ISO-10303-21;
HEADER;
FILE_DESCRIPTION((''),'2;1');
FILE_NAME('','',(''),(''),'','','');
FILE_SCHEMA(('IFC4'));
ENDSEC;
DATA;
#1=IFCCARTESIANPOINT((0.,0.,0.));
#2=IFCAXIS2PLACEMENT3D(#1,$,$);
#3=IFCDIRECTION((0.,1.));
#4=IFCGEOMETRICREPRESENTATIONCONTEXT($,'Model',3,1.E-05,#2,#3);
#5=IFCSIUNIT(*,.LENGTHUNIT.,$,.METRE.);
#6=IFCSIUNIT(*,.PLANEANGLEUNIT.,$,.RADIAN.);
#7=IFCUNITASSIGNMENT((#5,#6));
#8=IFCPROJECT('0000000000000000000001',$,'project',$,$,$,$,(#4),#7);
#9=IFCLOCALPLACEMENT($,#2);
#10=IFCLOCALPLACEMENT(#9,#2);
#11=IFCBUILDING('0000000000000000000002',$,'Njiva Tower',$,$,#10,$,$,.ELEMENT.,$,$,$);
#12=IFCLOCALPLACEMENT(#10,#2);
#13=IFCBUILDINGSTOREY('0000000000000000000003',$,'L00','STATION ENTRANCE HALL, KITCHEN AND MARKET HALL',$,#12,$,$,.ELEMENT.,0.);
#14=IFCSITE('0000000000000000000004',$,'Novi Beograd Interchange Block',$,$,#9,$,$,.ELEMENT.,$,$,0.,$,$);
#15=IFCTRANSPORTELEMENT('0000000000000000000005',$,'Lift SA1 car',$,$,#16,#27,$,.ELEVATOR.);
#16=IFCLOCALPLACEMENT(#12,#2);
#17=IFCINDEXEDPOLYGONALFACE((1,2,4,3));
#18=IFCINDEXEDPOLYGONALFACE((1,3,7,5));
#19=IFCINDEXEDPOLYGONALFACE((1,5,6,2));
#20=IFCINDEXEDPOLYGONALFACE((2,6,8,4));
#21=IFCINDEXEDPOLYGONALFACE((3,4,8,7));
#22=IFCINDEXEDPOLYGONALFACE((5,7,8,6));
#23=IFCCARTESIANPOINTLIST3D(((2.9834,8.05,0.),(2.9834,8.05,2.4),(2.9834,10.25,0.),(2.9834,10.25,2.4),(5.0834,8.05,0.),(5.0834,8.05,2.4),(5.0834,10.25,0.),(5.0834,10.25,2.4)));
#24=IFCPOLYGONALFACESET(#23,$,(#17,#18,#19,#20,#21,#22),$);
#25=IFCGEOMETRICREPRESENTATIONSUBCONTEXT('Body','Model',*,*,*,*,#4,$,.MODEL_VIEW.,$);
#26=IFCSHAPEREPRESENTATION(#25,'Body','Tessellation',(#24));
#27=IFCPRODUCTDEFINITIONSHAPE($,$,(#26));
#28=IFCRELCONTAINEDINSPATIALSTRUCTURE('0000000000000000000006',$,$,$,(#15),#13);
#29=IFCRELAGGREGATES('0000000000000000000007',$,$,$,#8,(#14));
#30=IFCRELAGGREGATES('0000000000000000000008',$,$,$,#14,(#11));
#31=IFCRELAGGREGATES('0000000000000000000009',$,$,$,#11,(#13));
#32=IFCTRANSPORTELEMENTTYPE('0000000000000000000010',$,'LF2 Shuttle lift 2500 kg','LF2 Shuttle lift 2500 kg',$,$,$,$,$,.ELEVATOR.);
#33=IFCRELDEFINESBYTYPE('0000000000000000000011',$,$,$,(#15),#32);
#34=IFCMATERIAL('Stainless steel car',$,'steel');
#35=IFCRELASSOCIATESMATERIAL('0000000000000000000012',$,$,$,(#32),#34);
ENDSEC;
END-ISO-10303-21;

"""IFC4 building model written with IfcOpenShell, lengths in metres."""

from ifc_helpers import new_model, si_unit, direction, frame, origin, origin_2d, place, context, subcontext, project, spatial, rectangle, extrude, material, type_object, element, save


model = new_model("IFC4")

# Units and contexts
model_context = context("Model", 3, precision=1e-05, world=origin(), true_north=direction((0.0, 1.0)))
body_context = subcontext(model_context, "Body", "Model", "MODEL_VIEW")
ifc_project = project(units=[si_unit("LENGTHUNIT", "METRE"), si_unit("PLANEANGLEUNIT", "RADIAN")], contexts=[model_context])

# Site, building, storey
site_placement = place(None, origin())
site = spatial("IfcSite", under=ifc_project, at=site_placement, Name="Novi Beograd Interchange Block", CompositionType="ELEMENT", RefElevation=0.0)
building_placement = place(site_placement, origin())
building = spatial("IfcBuilding", under=site, at=building_placement, Name="Njiva Tower", CompositionType="ELEMENT")
storey_placement = place(building_placement, origin())
storey = spatial("IfcBuildingStorey", under=building, at=storey_placement, Name="L00", Description="STATION ENTRANCE HALL, KITCHEN AND MARKET HALL", CompositionType="ELEMENT", Elevation=0.0)

# Transport element
ifc_material_1 = material(Name="Stainless steel car", Category="steel")
transport_element_type = type_object("IfcTransportElementType", Name="LF2 Shuttle lift 2500 kg", Description="LF2 Shuttle lift 2500 kg", PredefinedType="ELEVATOR", material=ifc_material_1)
transport_element_placement = place(storey_placement, frame((4.0334, 9.15, 0.0), z_axis=(0.0, 0.0, 1.0), x_axis=(1.0, 0.0, 0.0)))
element("IfcTransportElement", 1, at=transport_element_placement, inside=storey, type_object=transport_element_type, Name="Lift SA1 car", PredefinedType="ELEVATOR", context=body_context, shape_type="SweptSolid", body=[
    extrude(rectangle(XDim=2.1, YDim=2.2, at=origin_2d()), origin(), (0.0, 0.0, 1.0), 2.4),
])

save(model, "model.ifc")
